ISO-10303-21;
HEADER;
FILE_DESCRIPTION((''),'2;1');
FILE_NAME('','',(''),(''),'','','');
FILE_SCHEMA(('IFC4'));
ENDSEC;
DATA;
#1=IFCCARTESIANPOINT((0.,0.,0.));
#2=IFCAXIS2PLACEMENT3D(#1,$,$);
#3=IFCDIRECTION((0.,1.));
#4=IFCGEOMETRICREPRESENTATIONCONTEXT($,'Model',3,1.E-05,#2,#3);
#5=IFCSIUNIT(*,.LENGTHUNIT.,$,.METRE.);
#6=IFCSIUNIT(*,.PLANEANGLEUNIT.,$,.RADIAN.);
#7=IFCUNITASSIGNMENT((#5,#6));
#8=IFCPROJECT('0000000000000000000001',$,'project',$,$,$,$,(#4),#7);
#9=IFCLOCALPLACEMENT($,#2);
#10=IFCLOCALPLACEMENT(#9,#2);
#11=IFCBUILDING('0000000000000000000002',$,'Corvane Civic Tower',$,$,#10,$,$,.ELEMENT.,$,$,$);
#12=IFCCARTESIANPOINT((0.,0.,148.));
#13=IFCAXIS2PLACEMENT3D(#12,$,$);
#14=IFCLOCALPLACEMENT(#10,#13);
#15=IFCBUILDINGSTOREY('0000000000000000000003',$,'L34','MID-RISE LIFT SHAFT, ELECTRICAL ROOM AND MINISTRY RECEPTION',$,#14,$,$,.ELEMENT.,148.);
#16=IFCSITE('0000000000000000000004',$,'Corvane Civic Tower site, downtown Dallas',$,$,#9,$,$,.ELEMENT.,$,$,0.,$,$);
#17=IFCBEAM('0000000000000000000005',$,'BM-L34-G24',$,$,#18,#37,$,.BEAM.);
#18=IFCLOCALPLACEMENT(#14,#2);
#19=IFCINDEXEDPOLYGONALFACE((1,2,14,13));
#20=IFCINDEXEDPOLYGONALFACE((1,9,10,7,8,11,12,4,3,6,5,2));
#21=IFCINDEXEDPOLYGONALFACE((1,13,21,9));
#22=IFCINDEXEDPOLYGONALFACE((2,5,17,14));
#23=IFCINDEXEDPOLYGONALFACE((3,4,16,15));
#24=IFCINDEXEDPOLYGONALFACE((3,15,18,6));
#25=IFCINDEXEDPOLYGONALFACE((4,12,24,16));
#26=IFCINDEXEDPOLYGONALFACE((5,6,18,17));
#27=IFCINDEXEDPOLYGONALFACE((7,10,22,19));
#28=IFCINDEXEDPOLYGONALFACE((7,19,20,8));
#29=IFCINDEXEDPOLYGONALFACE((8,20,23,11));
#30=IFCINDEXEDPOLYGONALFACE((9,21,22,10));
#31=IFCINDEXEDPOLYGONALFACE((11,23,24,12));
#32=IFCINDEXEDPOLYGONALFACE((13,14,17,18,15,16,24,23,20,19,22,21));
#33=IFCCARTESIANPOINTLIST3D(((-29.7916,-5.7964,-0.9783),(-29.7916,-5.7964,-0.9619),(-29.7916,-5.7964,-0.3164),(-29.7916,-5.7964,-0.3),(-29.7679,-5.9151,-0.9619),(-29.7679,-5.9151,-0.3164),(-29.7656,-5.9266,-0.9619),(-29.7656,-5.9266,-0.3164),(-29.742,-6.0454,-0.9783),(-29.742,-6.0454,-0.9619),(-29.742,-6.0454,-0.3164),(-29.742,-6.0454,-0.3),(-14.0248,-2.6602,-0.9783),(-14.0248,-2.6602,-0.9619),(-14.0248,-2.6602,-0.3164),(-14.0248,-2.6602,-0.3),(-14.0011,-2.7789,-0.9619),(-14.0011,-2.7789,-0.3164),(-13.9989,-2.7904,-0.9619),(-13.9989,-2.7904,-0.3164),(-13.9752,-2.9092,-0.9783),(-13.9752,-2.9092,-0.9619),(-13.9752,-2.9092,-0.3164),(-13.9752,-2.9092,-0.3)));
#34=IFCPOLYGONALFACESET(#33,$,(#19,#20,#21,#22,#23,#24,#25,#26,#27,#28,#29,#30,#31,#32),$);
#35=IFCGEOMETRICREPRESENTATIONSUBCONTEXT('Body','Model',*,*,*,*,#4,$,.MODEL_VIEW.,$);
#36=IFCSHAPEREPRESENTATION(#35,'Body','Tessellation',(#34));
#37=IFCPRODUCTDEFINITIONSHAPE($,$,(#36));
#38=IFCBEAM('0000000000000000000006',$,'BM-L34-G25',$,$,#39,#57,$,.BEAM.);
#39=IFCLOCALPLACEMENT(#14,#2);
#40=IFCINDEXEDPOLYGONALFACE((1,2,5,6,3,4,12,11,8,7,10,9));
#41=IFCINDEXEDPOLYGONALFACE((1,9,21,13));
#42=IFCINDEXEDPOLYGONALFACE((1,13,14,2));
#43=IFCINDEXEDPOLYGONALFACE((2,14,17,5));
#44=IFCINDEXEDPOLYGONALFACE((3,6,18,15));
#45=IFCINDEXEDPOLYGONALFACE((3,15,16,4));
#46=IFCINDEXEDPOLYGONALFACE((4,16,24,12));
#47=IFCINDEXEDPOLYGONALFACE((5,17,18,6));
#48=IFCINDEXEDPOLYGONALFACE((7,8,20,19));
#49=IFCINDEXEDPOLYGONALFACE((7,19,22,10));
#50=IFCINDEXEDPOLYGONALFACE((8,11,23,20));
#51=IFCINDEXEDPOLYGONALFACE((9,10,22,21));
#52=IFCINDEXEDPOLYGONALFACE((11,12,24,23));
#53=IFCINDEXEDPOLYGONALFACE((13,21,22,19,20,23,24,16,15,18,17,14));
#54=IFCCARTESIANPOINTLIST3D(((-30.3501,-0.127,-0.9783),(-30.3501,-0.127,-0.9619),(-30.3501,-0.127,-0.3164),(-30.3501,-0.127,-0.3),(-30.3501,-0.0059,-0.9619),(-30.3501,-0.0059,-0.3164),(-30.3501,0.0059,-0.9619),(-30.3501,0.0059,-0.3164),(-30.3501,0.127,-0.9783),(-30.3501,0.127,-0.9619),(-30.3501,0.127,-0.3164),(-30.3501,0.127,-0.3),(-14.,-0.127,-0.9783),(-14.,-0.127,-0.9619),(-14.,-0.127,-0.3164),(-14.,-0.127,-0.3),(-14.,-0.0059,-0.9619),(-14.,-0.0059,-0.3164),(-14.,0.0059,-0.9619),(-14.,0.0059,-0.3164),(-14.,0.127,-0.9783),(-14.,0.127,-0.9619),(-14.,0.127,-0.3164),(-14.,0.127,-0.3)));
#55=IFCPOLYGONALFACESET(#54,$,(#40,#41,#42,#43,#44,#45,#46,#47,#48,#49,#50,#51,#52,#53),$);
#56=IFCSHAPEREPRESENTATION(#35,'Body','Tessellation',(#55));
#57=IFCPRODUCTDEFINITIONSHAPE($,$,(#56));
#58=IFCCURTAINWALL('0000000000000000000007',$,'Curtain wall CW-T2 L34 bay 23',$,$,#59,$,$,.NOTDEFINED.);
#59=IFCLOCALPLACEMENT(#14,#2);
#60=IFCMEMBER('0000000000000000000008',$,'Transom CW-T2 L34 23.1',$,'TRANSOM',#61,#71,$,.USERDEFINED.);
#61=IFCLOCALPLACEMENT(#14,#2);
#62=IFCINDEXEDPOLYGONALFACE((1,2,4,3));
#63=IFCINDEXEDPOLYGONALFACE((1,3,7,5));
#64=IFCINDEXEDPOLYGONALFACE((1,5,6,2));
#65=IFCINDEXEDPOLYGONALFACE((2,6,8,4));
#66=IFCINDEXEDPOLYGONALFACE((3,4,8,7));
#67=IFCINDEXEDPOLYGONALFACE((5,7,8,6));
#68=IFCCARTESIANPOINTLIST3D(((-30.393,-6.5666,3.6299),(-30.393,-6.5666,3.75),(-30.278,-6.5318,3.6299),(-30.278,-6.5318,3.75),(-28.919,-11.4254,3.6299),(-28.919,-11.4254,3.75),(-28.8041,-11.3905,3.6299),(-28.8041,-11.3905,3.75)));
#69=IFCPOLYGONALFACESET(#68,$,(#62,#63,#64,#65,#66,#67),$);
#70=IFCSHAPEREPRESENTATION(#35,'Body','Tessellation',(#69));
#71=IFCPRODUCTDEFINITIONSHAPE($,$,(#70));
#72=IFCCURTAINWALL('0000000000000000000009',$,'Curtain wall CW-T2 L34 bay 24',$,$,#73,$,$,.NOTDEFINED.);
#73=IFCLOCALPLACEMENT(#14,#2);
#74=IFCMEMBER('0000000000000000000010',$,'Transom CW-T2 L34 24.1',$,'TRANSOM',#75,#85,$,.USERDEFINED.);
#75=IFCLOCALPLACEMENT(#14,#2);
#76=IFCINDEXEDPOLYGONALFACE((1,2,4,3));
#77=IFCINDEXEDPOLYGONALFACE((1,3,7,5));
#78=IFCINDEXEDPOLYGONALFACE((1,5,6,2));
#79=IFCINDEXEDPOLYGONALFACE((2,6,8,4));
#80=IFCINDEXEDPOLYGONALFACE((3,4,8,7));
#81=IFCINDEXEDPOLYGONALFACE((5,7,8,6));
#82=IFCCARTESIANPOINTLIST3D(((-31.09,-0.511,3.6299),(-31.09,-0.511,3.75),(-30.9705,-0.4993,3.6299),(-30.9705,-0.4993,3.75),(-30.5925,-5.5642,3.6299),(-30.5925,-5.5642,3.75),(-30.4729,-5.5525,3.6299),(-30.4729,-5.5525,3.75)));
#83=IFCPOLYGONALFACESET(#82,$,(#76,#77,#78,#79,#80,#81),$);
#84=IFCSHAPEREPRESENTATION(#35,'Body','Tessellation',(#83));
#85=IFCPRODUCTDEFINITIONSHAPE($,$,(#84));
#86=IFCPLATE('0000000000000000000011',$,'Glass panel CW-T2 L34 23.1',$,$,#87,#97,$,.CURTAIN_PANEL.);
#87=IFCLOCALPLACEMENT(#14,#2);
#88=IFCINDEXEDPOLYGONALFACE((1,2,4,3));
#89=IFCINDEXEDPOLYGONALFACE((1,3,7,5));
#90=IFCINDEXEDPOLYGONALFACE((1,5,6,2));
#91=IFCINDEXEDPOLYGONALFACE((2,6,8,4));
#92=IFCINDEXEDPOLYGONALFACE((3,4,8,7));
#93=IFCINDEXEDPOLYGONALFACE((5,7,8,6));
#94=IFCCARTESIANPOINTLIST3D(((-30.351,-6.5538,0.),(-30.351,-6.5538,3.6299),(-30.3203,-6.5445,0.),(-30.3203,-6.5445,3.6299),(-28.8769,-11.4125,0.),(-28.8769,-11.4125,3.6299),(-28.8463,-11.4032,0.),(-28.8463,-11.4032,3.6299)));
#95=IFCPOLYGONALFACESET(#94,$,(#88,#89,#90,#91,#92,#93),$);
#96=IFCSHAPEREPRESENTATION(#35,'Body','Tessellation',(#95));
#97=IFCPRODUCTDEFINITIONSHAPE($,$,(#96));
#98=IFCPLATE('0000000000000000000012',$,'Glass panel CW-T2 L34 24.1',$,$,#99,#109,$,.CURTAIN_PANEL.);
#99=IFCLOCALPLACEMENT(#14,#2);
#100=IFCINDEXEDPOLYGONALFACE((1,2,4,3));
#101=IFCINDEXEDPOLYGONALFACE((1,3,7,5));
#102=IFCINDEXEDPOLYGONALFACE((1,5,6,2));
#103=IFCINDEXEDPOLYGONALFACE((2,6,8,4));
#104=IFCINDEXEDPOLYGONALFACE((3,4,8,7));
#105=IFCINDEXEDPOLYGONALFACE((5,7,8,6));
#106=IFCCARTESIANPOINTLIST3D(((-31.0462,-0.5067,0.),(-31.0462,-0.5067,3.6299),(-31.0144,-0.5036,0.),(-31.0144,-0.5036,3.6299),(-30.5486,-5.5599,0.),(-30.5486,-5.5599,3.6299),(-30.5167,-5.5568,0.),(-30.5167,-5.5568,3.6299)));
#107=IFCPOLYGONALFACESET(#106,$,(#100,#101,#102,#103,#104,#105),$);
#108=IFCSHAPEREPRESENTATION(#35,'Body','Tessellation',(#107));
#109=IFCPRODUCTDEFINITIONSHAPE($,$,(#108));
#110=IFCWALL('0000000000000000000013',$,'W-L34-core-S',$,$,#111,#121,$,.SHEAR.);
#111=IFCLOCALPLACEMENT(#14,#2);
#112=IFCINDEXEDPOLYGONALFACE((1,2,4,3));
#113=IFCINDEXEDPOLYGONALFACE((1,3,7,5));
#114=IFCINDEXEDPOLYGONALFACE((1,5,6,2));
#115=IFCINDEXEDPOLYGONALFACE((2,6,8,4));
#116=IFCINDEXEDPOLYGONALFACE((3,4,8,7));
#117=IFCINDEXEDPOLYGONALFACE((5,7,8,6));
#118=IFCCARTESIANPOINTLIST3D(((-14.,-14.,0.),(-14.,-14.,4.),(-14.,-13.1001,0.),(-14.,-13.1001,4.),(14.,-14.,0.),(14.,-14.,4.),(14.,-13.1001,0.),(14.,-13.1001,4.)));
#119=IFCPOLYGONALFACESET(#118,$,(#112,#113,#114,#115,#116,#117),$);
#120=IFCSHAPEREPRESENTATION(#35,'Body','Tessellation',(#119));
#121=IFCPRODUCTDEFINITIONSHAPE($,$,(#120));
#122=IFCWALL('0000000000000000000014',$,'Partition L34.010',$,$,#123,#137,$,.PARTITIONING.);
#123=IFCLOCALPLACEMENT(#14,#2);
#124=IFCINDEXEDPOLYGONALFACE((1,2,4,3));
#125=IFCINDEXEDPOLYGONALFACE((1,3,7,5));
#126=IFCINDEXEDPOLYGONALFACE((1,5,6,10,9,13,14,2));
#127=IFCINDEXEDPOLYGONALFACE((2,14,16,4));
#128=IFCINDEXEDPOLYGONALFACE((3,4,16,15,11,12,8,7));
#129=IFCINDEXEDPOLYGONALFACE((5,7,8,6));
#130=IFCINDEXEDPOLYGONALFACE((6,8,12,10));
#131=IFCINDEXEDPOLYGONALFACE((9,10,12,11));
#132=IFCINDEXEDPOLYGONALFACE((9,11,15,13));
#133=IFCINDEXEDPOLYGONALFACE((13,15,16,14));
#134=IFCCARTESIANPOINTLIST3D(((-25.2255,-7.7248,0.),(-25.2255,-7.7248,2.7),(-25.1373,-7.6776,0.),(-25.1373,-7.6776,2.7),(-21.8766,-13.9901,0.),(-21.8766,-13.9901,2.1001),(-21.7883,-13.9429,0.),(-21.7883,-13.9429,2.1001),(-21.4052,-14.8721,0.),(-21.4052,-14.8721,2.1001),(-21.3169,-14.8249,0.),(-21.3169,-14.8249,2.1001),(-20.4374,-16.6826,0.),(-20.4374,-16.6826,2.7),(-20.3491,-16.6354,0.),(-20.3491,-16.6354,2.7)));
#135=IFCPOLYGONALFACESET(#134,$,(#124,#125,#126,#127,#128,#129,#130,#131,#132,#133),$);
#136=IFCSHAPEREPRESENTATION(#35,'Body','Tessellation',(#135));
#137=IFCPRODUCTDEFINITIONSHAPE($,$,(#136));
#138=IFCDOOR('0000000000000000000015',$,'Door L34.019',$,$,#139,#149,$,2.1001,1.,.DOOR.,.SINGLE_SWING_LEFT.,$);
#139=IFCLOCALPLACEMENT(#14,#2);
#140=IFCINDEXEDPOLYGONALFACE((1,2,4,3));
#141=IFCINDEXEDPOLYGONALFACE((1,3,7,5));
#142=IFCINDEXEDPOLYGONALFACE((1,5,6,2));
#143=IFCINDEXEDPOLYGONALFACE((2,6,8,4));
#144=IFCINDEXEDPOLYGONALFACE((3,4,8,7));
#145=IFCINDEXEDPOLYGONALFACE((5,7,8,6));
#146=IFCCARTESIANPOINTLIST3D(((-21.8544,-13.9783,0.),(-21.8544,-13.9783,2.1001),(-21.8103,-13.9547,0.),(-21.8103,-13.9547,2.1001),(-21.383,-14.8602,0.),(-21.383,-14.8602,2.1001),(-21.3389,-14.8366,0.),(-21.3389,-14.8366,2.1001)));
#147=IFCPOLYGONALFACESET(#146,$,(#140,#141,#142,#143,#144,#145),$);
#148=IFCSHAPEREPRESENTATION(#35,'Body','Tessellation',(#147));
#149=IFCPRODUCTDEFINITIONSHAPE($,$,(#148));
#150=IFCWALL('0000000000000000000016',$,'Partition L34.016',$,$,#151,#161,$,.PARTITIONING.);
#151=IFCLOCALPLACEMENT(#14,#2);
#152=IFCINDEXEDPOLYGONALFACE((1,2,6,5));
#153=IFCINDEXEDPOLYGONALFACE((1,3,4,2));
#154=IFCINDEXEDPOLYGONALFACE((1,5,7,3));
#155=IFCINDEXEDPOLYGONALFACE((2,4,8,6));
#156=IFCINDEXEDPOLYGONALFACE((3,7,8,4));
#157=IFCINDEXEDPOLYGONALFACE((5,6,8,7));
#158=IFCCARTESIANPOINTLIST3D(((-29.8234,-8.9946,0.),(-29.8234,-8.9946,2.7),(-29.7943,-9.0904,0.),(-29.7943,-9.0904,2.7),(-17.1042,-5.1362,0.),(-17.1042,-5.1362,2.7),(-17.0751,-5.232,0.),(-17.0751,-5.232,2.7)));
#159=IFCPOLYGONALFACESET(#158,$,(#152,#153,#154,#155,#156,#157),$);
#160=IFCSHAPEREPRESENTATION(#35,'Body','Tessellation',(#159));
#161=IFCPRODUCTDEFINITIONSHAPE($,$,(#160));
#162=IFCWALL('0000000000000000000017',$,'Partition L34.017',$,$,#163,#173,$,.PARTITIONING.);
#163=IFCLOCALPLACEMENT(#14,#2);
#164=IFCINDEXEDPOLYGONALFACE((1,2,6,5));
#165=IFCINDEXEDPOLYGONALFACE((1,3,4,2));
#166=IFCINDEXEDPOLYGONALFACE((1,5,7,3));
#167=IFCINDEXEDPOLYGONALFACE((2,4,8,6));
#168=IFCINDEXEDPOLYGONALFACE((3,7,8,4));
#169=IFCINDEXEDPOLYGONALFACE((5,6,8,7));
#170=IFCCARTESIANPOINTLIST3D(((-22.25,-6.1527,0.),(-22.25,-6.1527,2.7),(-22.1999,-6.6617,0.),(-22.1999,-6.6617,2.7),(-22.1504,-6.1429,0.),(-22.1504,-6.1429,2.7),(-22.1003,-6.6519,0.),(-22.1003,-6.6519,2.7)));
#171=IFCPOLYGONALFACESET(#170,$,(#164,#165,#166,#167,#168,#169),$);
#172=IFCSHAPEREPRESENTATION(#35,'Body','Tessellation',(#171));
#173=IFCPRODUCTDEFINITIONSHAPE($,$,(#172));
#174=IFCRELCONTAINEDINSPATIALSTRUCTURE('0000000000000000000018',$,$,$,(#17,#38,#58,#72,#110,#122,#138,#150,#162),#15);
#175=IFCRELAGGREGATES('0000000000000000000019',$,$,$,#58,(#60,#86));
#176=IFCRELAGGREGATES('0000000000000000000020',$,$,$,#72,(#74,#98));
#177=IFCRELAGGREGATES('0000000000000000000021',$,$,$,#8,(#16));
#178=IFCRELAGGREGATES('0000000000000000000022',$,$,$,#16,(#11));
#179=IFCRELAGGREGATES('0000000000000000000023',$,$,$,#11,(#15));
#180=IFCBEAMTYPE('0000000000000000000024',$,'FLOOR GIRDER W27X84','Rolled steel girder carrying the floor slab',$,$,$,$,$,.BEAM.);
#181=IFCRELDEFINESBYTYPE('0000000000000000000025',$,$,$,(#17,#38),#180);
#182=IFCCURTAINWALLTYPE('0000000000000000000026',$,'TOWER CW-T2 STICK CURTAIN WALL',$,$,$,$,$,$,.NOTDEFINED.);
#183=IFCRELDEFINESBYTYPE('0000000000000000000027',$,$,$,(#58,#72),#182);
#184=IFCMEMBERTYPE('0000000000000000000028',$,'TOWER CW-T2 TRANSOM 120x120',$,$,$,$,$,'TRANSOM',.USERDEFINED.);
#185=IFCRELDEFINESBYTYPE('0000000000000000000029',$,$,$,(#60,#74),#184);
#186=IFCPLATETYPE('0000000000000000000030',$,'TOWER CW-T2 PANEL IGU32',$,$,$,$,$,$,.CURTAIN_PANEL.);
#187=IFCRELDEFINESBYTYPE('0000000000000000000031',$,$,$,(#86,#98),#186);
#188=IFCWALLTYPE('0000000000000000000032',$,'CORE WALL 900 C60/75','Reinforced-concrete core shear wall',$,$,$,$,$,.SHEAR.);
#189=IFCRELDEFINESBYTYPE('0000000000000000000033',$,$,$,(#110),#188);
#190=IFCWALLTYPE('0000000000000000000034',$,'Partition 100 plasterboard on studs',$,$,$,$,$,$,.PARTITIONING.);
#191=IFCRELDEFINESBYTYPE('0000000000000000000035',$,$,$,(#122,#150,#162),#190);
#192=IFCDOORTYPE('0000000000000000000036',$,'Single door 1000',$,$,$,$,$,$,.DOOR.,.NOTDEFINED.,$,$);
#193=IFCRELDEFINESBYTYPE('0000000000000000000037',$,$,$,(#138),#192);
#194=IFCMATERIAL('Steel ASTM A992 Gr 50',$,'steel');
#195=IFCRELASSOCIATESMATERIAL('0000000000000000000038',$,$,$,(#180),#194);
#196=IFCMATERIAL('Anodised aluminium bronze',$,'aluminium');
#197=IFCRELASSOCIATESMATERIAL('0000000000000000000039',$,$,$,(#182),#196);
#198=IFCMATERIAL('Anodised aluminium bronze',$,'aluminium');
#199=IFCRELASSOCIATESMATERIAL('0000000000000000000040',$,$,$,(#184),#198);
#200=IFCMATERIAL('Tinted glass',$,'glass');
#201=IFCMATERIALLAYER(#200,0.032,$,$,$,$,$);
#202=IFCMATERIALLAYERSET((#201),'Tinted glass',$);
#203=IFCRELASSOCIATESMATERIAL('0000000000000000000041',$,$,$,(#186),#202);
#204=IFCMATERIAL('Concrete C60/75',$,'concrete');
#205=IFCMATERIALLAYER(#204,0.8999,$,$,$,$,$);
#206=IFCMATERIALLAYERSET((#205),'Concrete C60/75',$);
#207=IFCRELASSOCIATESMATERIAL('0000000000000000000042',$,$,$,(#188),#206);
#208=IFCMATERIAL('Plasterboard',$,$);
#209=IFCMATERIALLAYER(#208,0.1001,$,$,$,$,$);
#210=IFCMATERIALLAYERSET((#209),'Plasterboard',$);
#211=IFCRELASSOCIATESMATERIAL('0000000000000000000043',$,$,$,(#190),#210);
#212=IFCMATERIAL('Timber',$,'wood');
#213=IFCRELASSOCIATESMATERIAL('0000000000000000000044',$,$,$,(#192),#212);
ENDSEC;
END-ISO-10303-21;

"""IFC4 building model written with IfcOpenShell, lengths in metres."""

from ifc_helpers import new_model, si_unit, direction, frame, frame_2d, origin, origin_2d, place, context, subcontext, project, spatial, rectangle, i_section, extrude, material, layer, layer_set, material_profile, profile_set, type_object, element, fill, aggregate, save


model = new_model("IFC4")

# Units and contexts
model_context = context("Model", 3, precision=1e-05, world=origin(), true_north=direction((0.0, 1.0)))
body_context = subcontext(model_context, "Body", "Model", "MODEL_VIEW")
ifc_project = project(units=[si_unit("LENGTHUNIT", "METRE"), si_unit("PLANEANGLEUNIT", "RADIAN")], contexts=[model_context])

# Site, building, storey
site_placement = place(None, origin())
site = spatial("IfcSite", under=ifc_project, at=site_placement, Name="Corvane Civic Tower site, downtown Dallas", CompositionType="ELEMENT", RefElevation=0.0)
building_placement = place(site_placement, origin())
building = spatial("IfcBuilding", under=site, at=building_placement, Name="Corvane Civic Tower", CompositionType="ELEMENT")
storey_placement = place(building_placement, frame((0.0, 0.0, 148.0)))
storey = spatial("IfcBuildingStorey", under=building, at=storey_placement, Name="L34", Description="MID-RISE LIFT SHAFT, ELECTRICAL ROOM AND MINISTRY RECEPTION", CompositionType="ELEMENT", Elevation=148.0)

# Beams
ifc_material_1 = material(Name="Steel ASTM A992 Gr 50", Category="steel")
ifc_material_profile_1 = material_profile(ifc_material_1, i_section(OverallWidth=0.2539, OverallDepth=0.6782, WebThickness=0.0117, FlangeThickness=0.0164, at=origin_2d()), Name="W27X84")
ifc_profile_set_1 = profile_set([ifc_material_profile_1], Name="Steel ASTM A992 Gr 50")
beam_type_1 = type_object("IfcBeamType", Name="FLOOR GIRDER W27X84", Description="Rolled steel girder carrying the floor slab", PredefinedType="BEAM", material=ifc_profile_set_1)
beam_1_placement = place(storey_placement, frame((-14.0, -2.7847, -0.6392), z_axis=(-0.980785, -0.195091, 0.0), x_axis=(0.195091, -0.980785, 0.0)))
element("IfcBeam", 1, at=beam_1_placement, inside=storey, type_object=beam_type_1, Name="BM-L34-G24", PredefinedType="BEAM", context=body_context, shape_type="SweptSolid", body=[
    extrude(i_section(OverallWidth=0.2539, OverallDepth=0.6782, WebThickness=0.0117, FlangeThickness=0.0164, at=origin_2d()), origin(), (0.0, 0.0, 1.0), 16.0757),
])
beam_2_placement = place(storey_placement, frame((-14.0, 0.0, -0.6392), z_axis=(-1.0, 0.0, 0.0), x_axis=(0.0, -1.0, 0.0)))
element("IfcBeam", 2, at=beam_2_placement, inside=storey, type_object=beam_type_1, Name="BM-L34-G25", PredefinedType="BEAM", context=body_context, shape_type="SweptSolid", body=[
    extrude(i_section(OverallWidth=0.2539, OverallDepth=0.6782, WebThickness=0.0117, FlangeThickness=0.0164, at=origin_2d()), origin(), (0.0, 0.0, 1.0), 16.3501),
])

# Curtain walls, members
ifc_material_2 = material(Name="Anodised aluminium bronze", Category="aluminium")
curtain_wall_type = type_object("IfcCurtainWallType", Name="TOWER CW-T2 STICK CURTAIN WALL", PredefinedType="NOTDEFINED", material=ifc_material_2)
curtain_wall_1_placement = place(storey_placement, origin())
curtain_wall_1 = element("IfcCurtainWall", 3, at=curtain_wall_1_placement, inside=storey, type_object=curtain_wall_type, Name="Curtain wall CW-T2 L34 bay 23", PredefinedType="NOTDEFINED")
ifc_material_3 = material(Name="Anodised aluminium bronze", Category="aluminium")
ifc_material_profile_2 = material_profile(ifc_material_3, rectangle(XDim=0.1201, YDim=0.1201, at=origin_2d()), Name="TOWER CW-T2 TRANSOM 120x120")
ifc_profile_set_2 = profile_set([ifc_material_profile_2], Name="Anodised aluminium bronze")
member_type = type_object("IfcMemberType", Name="TOWER CW-T2 TRANSOM 120x120", ElementType="TRANSOM", PredefinedType="USERDEFINED", material=ifc_profile_set_2)
member_1_placement = place(storey_placement, frame((-28.8616, -11.408, 3.6899), z_axis=(-0.290289, 0.956939, 0.0), x_axis=(-0.956939, -0.290289, 0.0)))
member_1 = element("IfcMember", 4, at=member_1_placement, type_object=member_type, Name="Transom CW-T2 L34 23.1", ObjectType="TRANSOM", PredefinedType="USERDEFINED", context=body_context, shape_type="SweptSolid", body=[
    extrude(rectangle(XDim=0.1201, YDim=0.1201, at=origin_2d()), origin(), (0.0, 0.0, 1.0), 5.0774),
])
curtain_wall_2_placement = place(storey_placement, origin())
curtain_wall_2 = element("IfcCurtainWall", 5, at=curtain_wall_2_placement, inside=storey, type_object=curtain_wall_type, Name="Curtain wall CW-T2 L34 bay 24", PredefinedType="NOTDEFINED")
member_2_placement = place(storey_placement, frame((-30.5327, -5.5583, 3.6899), z_axis=(-0.09799, 0.995187, 0.0), x_axis=(-0.995187, -0.09799, 0.0)))
member_2 = element("IfcMember", 6, at=member_2_placement, type_object=member_type, Name="Transom CW-T2 L34 24.1", ObjectType="TRANSOM", PredefinedType="USERDEFINED", context=body_context, shape_type="SweptSolid", body=[
    extrude(rectangle(XDim=0.1201, YDim=0.1201, at=origin_2d()), origin(), (0.0, 0.0, 1.0), 5.0776),
])

# Plates
ifc_material_4 = material(Name="Tinted glass", Category="glass")
ifc_layer_1 = layer(ifc_material_4, 0.032)
ifc_layer_set_1 = layer_set([ifc_layer_1], Name="Tinted glass")
plate_type = type_object("IfcPlateType", Name="TOWER CW-T2 PANEL IGU32", PredefinedType="CURTAIN_PANEL", material=ifc_layer_set_1)
plate_1_placement = place(storey_placement, frame((-29.5986, -8.9785, 0.0), z_axis=(0.0, 0.0, 1.0), x_axis=(-0.290313, 0.956932, 0.0)))
plate_1 = element("IfcPlate", 7, at=plate_1_placement, type_object=plate_type, Name="Glass panel CW-T2 L34 23.1", PredefinedType="CURTAIN_PANEL", context=body_context, shape_type="SweptSolid", body=[
    extrude(rectangle(XDim=5.0774, YDim=0.032, at=origin_2d()), origin(), (0.0, 0.0, 1.0), 3.6299),
])
aggregate(curtain_wall_1, [member_1, plate_1])
plate_2_placement = place(storey_placement, frame((-30.7815, -3.0317, 0.0), z_axis=(0.0, 0.0, 1.0), x_axis=(-0.098012, 0.995185, 0.0)))
plate_2 = element("IfcPlate", 8, at=plate_2_placement, type_object=plate_type, Name="Glass panel CW-T2 L34 24.1", PredefinedType="CURTAIN_PANEL", context=body_context, shape_type="SweptSolid", body=[
    extrude(rectangle(XDim=5.0776, YDim=0.032, at=origin_2d()), origin(), (0.0, 0.0, 1.0), 3.6299),
])
aggregate(curtain_wall_2, [member_2, plate_2])

# Wall
ifc_material_5 = material(Name="Concrete C60/75", Category="concrete")
ifc_layer_2 = layer(ifc_material_5, 0.8999)
ifc_layer_set_2 = layer_set([ifc_layer_2], Name="Concrete C60/75")
wall_type_1 = type_object("IfcWallType", Name="CORE WALL 900 C60/75", Description="Reinforced-concrete core shear wall", PredefinedType="SHEAR", material=ifc_layer_set_2)
wall_1_placement = place(storey_placement, frame((-14.0, -13.55, 0.0), z_axis=(0.0, 0.0, 1.0), x_axis=(1.0, 0.0, 0.0)))
element("IfcWall", 9, at=wall_1_placement, inside=storey, type_object=wall_type_1, Name="W-L34-core-S", PredefinedType="SHEAR", context=body_context, shape_type="SweptSolid", body=[
    extrude(rectangle(XDim=28.0, YDim=0.8999, at=frame_2d((14.0, 0.0))), origin(), (0.0, 0.0, 1.0), 4.0),
])

# Wall, opening, door
ifc_material_6 = material(Name="Plasterboard")
ifc_layer_3 = layer(ifc_material_6, 0.1001)
ifc_layer_set_3 = layer_set([ifc_layer_3], Name="Plasterboard")
wall_type_2 = type_object("IfcWallType", Name="Partition 100 plasterboard on studs", PredefinedType="PARTITIONING", material=ifc_layer_set_3)
wall_2_placement = place(storey_placement, frame((-25.1814, -7.7012, 0.0), z_axis=(0.0, 0.0, 1.0), x_axis=(0.471401, -0.881919, 0.0)))
wall_2 = element("IfcWall", 10, at=wall_2_placement, inside=storey, type_object=wall_type_2, Name="Partition L34.010", PredefinedType="PARTITIONING", context=body_context, shape_type="SweptSolid", body=[
    extrude(rectangle(XDim=10.1572, YDim=0.1001, at=frame_2d((5.0786, 0.0))), origin(), (0.0, 0.0, 1.0), 2.7),
])
opening_1_placement = place(wall_2_placement, frame((7.1042, 0.0, 0.0)))
opening_1 = element("IfcOpeningElement", 11, at=opening_1_placement, cuts=wall_2, PredefinedType="OPENING", context=body_context, shape_type="SweptSolid", body=[
    extrude(rectangle(XDim=1.0, YDim=2.1001, at=frame_2d((0.5, 1.05))), frame((0.0, 0.0601, 0.0), z_axis=(0.0, -1.0, 0.0), x_axis=(1.0, 0.0, 0.0)), (0.0, 0.0, 1.0), 0.1201),
])
ifc_material_7 = material(Name="Timber", Category="wood")
door_type = type_object("IfcDoorType", Name="Single door 1000", OperationType="NOTDEFINED", PredefinedType="DOOR", material=ifc_material_7)
door_1_placement = place(opening_1_placement, frame((1.0, 0.0, 0.0), z_axis=(0.0, 0.0, 1.0), x_axis=(-1.0, 0.0, 0.0)))
door_1 = element("IfcDoor", 12, at=door_1_placement, inside=storey, type_object=door_type, Name="Door L34.019", OperationType="SINGLE_SWING_LEFT", OverallHeight=2.1001, OverallWidth=1.0, PredefinedType="DOOR", context=body_context, shape_type="SweptSolid", body=[
    extrude(rectangle(XDim=1.0, YDim=2.1001, at=frame_2d((0.5, 1.05))), frame((0.0, 0.0249, 0.0), z_axis=(0.0, -1.0, 0.0), x_axis=(1.0, 0.0, 0.0)), (0.0, 0.0, 1.0), 0.05),
])
fill(opening_1, door_1)

# Walls
wall_3_placement = place(storey_placement, frame((-29.8088, -9.0425, 0.0), z_axis=(0.0, 0.0, 1.0), x_axis=(0.956939, 0.290289, 0.0)))
element("IfcWall", 13, at=wall_3_placement, inside=storey, type_object=wall_type_2, Name="Partition L34.016", PredefinedType="PARTITIONING", context=body_context, shape_type="SweptSolid", body=[
    extrude(rectangle(XDim=13.2915, YDim=0.1001, at=frame_2d((6.6458, 0.0))), origin(), (0.0, 0.0, 1.0), 2.7),
])
wall_4_placement = place(storey_placement, frame((-22.2002, -6.1477, 0.0), z_axis=(0.0, 0.0, 1.0), x_axis=(0.09785, -0.995201, 0.0)))
element("IfcWall", 14, at=wall_4_placement, inside=storey, type_object=wall_type_2, Name="Partition L34.017", PredefinedType="PARTITIONING", context=body_context, shape_type="SweptSolid", body=[
    extrude(rectangle(XDim=0.5115, YDim=0.1001, at=frame_2d((0.2559, 0.0))), origin(), (0.0, 0.0, 1.0), 2.7),
])

save(model, "model.ifc")
